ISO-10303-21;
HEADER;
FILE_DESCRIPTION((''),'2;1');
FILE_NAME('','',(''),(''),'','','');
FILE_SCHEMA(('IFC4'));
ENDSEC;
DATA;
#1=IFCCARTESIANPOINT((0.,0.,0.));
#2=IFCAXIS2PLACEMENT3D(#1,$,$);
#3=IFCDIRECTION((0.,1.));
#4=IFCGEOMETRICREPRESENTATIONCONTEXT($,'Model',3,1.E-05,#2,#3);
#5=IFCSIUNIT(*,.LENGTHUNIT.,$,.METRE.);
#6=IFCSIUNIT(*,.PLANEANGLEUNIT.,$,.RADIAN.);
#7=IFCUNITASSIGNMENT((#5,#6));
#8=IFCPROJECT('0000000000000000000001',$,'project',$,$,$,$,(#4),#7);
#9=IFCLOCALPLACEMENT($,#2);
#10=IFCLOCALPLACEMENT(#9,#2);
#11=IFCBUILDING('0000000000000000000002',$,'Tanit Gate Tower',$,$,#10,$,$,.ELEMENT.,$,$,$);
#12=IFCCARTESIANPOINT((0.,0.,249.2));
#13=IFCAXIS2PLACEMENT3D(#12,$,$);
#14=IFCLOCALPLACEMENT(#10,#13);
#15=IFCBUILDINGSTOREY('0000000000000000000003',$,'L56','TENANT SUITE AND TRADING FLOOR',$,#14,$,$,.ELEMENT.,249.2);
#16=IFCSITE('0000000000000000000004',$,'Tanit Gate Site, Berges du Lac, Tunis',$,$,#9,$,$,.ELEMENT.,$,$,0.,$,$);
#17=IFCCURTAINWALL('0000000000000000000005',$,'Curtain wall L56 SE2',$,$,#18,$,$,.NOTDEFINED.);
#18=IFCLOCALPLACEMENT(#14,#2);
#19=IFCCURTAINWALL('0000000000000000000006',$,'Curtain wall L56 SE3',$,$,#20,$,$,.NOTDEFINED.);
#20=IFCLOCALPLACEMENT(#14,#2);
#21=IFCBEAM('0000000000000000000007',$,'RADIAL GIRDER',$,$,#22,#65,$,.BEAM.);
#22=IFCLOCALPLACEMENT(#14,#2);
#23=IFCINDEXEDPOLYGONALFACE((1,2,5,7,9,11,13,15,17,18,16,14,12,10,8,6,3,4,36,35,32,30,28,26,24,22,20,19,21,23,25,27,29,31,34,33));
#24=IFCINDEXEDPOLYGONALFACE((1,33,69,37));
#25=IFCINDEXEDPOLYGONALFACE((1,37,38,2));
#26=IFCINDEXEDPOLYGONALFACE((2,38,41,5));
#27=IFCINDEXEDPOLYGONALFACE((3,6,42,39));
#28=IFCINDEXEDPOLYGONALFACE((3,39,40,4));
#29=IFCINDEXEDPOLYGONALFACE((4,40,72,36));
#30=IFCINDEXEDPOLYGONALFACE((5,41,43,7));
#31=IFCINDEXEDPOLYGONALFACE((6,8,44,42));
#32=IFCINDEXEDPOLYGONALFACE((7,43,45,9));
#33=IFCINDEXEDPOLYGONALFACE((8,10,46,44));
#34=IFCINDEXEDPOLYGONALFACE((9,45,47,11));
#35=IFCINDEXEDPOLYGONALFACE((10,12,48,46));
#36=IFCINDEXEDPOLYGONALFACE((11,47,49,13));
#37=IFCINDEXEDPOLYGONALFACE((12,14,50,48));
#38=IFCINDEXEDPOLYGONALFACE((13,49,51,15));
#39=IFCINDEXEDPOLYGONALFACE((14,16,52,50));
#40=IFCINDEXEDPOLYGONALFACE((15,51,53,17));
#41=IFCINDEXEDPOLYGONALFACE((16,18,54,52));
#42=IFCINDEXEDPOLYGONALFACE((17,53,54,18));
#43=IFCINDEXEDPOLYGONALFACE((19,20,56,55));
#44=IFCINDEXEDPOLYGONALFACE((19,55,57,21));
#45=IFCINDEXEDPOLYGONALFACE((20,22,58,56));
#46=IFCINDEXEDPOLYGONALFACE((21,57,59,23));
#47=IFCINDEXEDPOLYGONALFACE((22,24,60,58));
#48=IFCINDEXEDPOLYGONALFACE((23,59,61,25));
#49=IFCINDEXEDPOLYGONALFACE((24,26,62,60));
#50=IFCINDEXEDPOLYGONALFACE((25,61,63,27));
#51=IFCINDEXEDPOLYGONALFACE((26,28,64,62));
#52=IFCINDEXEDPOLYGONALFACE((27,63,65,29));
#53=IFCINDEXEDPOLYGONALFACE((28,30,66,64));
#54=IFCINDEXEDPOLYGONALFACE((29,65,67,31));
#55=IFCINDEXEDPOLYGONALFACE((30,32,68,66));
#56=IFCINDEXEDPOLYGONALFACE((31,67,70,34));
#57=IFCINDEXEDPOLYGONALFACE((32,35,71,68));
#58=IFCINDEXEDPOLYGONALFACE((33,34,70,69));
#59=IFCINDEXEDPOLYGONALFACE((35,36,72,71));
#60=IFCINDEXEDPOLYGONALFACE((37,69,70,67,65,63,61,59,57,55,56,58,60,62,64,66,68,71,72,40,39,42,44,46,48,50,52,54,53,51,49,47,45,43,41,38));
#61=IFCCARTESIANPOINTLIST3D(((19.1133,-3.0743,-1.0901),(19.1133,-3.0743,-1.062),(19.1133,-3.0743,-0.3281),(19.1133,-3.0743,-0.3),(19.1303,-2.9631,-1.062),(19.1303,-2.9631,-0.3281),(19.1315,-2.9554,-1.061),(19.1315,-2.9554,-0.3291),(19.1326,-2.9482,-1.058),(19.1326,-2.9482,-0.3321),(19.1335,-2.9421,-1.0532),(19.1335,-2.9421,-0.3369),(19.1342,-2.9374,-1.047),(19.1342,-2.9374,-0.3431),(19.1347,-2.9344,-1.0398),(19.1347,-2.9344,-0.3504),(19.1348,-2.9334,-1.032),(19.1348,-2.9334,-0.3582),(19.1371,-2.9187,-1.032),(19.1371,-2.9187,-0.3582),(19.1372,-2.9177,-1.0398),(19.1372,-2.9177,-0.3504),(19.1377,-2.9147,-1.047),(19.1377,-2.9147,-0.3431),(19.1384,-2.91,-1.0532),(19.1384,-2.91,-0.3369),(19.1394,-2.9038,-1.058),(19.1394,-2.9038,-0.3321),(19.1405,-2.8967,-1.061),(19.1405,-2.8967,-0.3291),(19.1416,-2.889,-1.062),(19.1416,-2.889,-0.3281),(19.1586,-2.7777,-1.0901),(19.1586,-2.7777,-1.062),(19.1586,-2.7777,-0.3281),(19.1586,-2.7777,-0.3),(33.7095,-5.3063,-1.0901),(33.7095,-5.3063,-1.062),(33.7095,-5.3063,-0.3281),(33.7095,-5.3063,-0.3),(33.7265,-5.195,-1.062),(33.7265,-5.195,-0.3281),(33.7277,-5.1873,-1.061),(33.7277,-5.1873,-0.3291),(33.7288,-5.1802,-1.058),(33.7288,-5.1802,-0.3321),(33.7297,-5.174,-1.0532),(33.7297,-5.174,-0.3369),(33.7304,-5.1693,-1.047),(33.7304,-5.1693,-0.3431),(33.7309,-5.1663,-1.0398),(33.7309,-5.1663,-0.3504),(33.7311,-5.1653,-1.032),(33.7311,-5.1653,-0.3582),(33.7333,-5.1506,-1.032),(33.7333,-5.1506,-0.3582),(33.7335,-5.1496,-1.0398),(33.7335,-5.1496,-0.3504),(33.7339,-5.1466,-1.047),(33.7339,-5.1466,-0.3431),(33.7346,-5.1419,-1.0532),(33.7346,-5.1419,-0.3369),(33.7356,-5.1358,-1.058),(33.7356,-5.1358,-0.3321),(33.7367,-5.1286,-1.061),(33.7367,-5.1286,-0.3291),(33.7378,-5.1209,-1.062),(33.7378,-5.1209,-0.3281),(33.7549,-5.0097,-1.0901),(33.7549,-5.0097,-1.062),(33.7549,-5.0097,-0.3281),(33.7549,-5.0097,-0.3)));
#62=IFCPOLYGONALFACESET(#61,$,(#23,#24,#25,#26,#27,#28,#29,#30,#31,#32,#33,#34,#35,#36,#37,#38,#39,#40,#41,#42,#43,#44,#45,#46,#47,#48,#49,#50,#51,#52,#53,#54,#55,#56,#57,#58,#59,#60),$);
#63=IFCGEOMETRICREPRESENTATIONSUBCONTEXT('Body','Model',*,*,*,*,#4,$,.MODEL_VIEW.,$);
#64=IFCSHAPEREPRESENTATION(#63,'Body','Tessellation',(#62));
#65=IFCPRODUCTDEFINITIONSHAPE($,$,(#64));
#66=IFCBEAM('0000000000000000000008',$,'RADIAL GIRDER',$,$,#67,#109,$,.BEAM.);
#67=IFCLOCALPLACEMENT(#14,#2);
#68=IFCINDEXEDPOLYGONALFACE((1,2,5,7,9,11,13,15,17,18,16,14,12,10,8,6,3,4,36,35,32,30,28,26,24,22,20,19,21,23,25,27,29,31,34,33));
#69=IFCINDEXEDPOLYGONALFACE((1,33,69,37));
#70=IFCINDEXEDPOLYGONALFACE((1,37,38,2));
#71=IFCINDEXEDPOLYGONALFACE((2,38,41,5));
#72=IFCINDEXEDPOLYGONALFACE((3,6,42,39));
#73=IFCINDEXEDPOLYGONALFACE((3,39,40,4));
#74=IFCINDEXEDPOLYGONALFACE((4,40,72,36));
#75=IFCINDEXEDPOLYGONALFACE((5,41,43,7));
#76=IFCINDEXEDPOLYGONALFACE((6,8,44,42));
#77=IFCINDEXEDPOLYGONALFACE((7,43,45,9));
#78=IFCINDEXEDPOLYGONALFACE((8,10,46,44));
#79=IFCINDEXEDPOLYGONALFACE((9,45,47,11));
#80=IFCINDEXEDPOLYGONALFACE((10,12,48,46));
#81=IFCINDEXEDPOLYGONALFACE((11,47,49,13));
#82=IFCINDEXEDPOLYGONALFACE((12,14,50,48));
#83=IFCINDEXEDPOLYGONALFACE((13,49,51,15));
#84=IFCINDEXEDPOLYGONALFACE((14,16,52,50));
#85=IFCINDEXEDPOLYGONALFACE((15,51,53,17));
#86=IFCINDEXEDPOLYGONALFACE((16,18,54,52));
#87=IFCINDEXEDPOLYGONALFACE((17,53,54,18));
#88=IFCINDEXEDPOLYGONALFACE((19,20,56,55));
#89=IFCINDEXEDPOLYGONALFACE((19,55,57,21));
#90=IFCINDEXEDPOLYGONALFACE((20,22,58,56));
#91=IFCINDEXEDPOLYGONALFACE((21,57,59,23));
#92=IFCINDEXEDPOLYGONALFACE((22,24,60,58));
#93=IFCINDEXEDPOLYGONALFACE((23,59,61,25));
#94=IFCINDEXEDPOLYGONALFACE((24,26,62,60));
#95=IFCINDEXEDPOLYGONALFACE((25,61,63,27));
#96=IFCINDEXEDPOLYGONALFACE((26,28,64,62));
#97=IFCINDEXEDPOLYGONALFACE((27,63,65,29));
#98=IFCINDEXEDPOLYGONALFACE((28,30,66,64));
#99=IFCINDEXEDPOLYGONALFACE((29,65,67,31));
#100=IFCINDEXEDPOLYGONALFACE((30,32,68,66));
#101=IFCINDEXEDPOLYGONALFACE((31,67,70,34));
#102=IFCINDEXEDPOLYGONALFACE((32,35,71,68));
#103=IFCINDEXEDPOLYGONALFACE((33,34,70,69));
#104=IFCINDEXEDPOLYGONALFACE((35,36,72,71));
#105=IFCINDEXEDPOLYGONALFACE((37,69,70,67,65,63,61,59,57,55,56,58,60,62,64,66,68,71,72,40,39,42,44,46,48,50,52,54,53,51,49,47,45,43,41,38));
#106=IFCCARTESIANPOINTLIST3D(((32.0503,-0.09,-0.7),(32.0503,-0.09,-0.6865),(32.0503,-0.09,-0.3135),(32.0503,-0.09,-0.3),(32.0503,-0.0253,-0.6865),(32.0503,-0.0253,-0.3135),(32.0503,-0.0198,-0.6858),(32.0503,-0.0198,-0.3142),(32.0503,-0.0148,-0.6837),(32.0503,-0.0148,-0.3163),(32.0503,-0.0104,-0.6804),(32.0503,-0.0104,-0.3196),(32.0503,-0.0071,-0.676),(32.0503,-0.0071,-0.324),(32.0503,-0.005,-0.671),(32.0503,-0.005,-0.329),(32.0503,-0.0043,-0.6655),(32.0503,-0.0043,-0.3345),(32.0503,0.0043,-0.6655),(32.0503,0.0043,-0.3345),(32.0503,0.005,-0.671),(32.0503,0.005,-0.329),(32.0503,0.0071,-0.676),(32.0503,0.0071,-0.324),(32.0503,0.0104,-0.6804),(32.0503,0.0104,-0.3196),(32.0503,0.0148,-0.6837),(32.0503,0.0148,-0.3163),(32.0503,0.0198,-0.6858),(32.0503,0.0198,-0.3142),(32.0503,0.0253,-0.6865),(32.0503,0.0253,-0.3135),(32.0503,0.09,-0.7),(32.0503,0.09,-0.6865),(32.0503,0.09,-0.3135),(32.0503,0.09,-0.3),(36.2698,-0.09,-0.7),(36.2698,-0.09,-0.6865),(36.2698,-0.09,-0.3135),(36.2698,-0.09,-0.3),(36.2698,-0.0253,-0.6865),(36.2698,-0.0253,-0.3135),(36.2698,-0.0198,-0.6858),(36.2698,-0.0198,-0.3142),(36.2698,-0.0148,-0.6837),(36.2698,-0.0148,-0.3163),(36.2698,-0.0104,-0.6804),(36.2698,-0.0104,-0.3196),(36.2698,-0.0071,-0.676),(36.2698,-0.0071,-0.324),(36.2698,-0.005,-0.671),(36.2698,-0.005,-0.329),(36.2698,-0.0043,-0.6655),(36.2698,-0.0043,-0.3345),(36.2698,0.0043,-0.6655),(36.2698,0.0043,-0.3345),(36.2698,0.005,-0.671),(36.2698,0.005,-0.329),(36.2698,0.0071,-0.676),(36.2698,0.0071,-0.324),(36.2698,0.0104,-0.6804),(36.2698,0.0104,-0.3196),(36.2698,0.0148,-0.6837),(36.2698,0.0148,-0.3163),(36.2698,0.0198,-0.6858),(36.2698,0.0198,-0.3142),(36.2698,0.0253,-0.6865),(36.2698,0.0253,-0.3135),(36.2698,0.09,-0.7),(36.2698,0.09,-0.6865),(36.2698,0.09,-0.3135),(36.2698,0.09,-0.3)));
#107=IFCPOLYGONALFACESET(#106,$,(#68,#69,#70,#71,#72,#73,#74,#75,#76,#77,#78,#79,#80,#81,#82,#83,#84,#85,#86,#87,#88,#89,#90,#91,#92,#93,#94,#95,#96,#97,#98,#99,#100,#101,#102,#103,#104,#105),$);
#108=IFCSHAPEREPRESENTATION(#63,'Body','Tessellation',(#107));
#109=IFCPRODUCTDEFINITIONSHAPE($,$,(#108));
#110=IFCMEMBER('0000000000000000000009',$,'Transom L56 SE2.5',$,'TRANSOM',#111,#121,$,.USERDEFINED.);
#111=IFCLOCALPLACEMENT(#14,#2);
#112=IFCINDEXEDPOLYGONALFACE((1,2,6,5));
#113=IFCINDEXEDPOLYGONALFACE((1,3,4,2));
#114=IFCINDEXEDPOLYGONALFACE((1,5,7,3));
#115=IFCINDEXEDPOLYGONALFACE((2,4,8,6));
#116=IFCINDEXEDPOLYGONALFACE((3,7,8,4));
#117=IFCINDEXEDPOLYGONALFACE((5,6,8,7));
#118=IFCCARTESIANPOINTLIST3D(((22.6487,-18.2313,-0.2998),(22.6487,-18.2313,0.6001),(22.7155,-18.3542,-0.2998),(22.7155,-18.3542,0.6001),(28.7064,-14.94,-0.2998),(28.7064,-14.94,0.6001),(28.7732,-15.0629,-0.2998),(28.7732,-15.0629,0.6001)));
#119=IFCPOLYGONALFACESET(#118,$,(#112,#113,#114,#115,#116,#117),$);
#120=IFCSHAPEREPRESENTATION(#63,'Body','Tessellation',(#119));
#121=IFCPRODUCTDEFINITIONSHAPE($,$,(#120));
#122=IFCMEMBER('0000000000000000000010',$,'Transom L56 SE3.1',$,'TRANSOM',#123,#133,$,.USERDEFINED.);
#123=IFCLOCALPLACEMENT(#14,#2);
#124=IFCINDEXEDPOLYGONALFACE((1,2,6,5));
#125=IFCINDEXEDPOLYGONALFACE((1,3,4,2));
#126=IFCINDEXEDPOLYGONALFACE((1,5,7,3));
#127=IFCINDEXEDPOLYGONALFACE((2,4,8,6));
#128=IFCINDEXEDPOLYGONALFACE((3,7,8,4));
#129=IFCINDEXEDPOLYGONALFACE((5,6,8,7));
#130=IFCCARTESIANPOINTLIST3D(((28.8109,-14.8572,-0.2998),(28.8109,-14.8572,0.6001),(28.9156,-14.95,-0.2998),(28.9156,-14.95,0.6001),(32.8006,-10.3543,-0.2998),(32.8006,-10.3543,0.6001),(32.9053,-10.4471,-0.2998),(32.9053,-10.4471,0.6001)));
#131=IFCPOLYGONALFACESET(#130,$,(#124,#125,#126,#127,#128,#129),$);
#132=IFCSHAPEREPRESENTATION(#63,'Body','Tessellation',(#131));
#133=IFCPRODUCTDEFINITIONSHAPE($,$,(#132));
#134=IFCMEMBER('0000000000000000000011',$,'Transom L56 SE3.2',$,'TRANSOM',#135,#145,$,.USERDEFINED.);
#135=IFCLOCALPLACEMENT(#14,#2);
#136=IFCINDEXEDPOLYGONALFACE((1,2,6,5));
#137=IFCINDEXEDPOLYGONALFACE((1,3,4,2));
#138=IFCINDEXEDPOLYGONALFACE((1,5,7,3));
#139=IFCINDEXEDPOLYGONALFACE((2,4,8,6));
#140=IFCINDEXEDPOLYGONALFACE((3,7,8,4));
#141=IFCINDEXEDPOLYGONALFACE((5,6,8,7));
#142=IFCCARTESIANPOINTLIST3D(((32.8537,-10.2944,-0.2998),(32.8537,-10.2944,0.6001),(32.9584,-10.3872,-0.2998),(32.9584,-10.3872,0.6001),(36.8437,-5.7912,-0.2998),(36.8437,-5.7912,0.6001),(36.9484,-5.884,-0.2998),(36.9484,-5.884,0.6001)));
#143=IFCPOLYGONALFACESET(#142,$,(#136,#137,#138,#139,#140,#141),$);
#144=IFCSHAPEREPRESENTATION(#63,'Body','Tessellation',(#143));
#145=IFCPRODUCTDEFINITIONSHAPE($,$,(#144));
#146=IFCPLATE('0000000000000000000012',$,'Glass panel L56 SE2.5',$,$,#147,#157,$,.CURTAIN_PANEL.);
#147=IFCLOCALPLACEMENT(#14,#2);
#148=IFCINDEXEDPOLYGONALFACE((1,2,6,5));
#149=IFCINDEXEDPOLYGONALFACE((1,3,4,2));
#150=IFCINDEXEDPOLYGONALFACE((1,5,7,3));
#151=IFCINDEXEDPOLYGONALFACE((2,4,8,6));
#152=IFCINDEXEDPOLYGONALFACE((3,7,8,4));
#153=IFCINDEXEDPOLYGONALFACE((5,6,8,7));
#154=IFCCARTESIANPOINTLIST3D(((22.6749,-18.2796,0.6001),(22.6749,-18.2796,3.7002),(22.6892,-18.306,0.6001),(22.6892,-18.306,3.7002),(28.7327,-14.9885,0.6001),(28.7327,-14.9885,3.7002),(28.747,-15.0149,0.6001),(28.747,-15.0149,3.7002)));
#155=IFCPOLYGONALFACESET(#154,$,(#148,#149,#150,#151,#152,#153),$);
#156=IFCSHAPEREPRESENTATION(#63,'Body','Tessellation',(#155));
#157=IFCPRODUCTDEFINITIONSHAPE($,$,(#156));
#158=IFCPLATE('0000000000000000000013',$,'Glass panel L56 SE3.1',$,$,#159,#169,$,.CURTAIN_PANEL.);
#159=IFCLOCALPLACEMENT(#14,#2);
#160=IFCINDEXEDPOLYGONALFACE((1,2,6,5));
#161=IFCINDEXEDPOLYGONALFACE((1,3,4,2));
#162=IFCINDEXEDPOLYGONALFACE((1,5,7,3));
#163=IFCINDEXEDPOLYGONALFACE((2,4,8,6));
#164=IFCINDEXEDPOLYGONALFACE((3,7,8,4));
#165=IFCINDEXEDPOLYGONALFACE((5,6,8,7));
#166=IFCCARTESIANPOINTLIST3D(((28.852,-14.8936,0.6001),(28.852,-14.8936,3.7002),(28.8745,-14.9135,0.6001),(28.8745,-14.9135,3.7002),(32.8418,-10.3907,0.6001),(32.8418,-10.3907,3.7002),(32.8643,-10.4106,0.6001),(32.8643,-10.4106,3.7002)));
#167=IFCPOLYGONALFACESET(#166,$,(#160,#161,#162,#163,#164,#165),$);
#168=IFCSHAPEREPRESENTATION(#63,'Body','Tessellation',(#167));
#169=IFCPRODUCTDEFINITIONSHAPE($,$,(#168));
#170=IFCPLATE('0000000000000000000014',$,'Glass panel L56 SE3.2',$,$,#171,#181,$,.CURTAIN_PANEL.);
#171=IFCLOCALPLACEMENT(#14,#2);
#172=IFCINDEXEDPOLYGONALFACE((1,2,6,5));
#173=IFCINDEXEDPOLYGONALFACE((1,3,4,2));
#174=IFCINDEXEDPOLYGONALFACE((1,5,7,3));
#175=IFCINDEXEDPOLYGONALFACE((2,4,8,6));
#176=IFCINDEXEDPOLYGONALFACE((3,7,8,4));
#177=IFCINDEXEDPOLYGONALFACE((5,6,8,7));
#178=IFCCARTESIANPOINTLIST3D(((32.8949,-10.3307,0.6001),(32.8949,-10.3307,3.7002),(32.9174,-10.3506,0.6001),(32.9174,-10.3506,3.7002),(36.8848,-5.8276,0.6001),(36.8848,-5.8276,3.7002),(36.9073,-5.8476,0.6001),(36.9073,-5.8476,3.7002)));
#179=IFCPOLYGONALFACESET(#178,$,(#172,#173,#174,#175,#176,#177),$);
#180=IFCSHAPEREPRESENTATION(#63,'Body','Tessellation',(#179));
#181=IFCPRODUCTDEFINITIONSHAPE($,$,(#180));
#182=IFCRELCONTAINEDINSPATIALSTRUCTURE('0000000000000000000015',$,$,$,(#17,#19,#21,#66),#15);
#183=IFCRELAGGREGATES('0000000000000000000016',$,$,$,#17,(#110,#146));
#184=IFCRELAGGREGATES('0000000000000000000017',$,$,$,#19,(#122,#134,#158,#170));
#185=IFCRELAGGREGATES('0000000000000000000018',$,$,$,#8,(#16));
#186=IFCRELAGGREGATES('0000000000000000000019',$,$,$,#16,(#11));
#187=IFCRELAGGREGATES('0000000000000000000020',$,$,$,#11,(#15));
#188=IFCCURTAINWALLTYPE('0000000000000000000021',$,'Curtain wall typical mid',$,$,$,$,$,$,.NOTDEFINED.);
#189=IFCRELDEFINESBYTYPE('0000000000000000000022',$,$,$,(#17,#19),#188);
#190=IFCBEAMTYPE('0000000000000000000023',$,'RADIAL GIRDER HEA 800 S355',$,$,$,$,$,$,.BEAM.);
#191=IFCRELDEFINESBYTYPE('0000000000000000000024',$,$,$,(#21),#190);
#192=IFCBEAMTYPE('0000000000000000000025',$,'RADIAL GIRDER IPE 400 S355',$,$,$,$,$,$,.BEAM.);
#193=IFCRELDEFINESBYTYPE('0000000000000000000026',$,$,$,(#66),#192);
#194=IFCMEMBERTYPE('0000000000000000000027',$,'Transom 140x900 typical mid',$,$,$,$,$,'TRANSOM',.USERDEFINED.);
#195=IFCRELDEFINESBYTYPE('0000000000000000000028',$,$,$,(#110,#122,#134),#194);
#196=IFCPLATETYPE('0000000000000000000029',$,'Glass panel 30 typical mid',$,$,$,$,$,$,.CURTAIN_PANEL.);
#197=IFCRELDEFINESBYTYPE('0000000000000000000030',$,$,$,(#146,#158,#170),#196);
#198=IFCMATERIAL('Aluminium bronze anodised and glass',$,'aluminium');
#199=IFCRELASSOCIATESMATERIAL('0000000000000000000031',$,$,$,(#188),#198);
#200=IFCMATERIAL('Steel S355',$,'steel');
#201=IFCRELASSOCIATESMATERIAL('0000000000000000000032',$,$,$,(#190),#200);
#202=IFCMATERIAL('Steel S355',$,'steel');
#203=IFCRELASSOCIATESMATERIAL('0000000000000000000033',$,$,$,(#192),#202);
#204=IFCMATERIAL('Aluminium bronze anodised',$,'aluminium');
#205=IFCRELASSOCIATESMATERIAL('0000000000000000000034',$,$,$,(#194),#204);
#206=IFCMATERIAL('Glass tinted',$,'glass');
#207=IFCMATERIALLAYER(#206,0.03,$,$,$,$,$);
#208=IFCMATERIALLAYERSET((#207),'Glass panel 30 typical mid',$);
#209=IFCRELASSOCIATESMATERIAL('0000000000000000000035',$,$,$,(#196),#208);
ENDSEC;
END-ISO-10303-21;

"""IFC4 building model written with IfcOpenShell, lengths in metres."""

from ifc_helpers import new_model, si_unit, direction, frame, origin, origin_2d, place, context, subcontext, project, spatial, rectangle, i_section, extrude, material, layer, layer_set, material_profile, profile_set, type_object, element, aggregate, save


model = new_model("IFC4")

# Units and contexts
model_context = context("Model", 3, precision=1e-05, world=origin(), true_north=direction((0.0, 1.0)))
body_context = subcontext(model_context, "Body", "Model", "MODEL_VIEW")
ifc_project = project(units=[si_unit("LENGTHUNIT", "METRE"), si_unit("PLANEANGLEUNIT", "RADIAN")], contexts=[model_context])

# Site, building, storey
site_placement = place(None, origin())
site = spatial("IfcSite", under=ifc_project, at=site_placement, Name="Tanit Gate Site, Berges du Lac, Tunis", CompositionType="ELEMENT", RefElevation=0.0)
building_placement = place(site_placement, origin())
building = spatial("IfcBuilding", under=site, at=building_placement, Name="Tanit Gate Tower", CompositionType="ELEMENT")
storey_placement = place(building_placement, frame((0.0, 0.0, 249.2)))
storey = spatial("IfcBuildingStorey", under=building, at=storey_placement, Name="L56", Description="TENANT SUITE AND TRADING FLOOR", CompositionType="ELEMENT", Elevation=249.2)

# Curtain wall
ifc_material_1 = material(Name="Aluminium bronze anodised and glass", Category="aluminium")
curtain_wall_type = type_object("IfcCurtainWallType", Name="Curtain wall typical mid", PredefinedType="NOTDEFINED", material=ifc_material_1)
curtain_wall_1_placement = place(storey_placement, origin())
curtain_wall_1 = element("IfcCurtainWall", 1, at=curtain_wall_1_placement, inside=storey, type_object=curtain_wall_type, Name="Curtain wall L56 SE2", PredefinedType="NOTDEFINED")

# Curtain wall
curtain_wall_2_placement = place(storey_placement, origin())
curtain_wall_2 = element("IfcCurtainWall", 2, at=curtain_wall_2_placement, inside=storey, type_object=curtain_wall_type, Name="Curtain wall L56 SE3", PredefinedType="NOTDEFINED")

# Beams
ifc_material_2 = material(Name="Steel S355", Category="steel")
ifc_material_profile_1 = material_profile(ifc_material_2, i_section(OverallWidth=0.3, OverallDepth=0.79, WebThickness=0.0149, FlangeThickness=0.0281, FilletRadius=0.03, at=origin_2d()), Name="HEA 800")
ifc_profile_set_1 = profile_set([ifc_material_profile_1], Name="Steel S355")
beam_type_1 = type_object("IfcBeamType", Name="RADIAL GIRDER HEA 800 S355", PredefinedType="BEAM", material=ifc_profile_set_1)
beam_1_placement = place(storey_placement, frame((33.7322, -5.158, -0.6951), z_axis=(-0.98851, 0.151155, 0.0), x_axis=(-0.151155, -0.98851, 0.0)))
element("IfcBeam", 3, at=beam_1_placement, inside=storey, type_object=beam_type_1, Name="RADIAL GIRDER", PredefinedType="BEAM", context=body_context, shape_type="SweptSolid", body=[
    extrude(i_section(OverallWidth=0.3, OverallDepth=0.79, WebThickness=0.0149, FlangeThickness=0.0281, FilletRadius=0.03, at=origin_2d()), origin(), (0.0, 0.0, 1.0), 14.7659),
])
ifc_material_3 = material(Name="Steel S355", Category="steel")
ifc_material_profile_2 = material_profile(ifc_material_3, i_section(OverallWidth=0.1799, OverallDepth=0.3999, WebThickness=0.0085, FlangeThickness=0.0134, FilletRadius=0.021, at=origin_2d()), Name="IPE 400")
ifc_profile_set_2 = profile_set([ifc_material_profile_2], Name="Steel S355")
beam_type_2 = type_object("IfcBeamType", Name="RADIAL GIRDER IPE 400 S355", PredefinedType="BEAM", material=ifc_profile_set_2)
beam_2_placement = place(storey_placement, frame((36.2698, 0.0, -0.5), z_axis=(-1.0, 0.0, 0.0), x_axis=(0.0, -1.0, 0.0)))
element("IfcBeam", 4, at=beam_2_placement, inside=storey, type_object=beam_type_2, Name="RADIAL GIRDER", PredefinedType="BEAM", context=body_context, shape_type="SweptSolid", body=[
    extrude(i_section(OverallWidth=0.1799, OverallDepth=0.3999, WebThickness=0.0085, FlangeThickness=0.0134, FilletRadius=0.021, at=origin_2d()), origin(), (0.0, 0.0, 1.0), 4.2195),
])

# Members
ifc_material_4 = material(Name="Aluminium bronze anodised", Category="aluminium")
ifc_material_profile_3 = material_profile(ifc_material_4, rectangle(XDim=0.1399, YDim=0.8999, at=origin_2d()), Name="140x900 bronze transom")
ifc_profile_set_3 = profile_set([ifc_material_profile_3], Name="Aluminium bronze anodised")
member_type_1 = type_object("IfcMemberType", Name="Transom 140x900 typical mid", ElementType="TRANSOM", PredefinedType="USERDEFINED", material=ifc_profile_set_3)
member_1_placement = place(storey_placement, frame((22.6821, -18.2927, 0.1501), z_axis=(0.878681, 0.47741, 0.0), x_axis=(-0.47741, 0.878681, 0.0)))
member_1 = element("IfcMember", 5, at=member_1_placement, type_object=member_type_1, Name="Transom L56 SE2.5", ObjectType="TRANSOM", PredefinedType="USERDEFINED", context=body_context, shape_type="SweptSolid", body=[
    extrude(rectangle(XDim=0.1399, YDim=0.8999, at=origin_2d()), origin(), (0.0, 0.0, 1.0), 6.894),
])
member_2_placement = place(storey_placement, frame((28.8633, -14.9036, 0.1501), z_axis=(0.663169, 0.74847, 0.0), x_axis=(-0.74847, 0.663169, 0.0)))
member_2 = element("IfcMember", 6, at=member_2_placement, type_object=member_type_1, Name="Transom L56 SE3.1", ObjectType="TRANSOM", PredefinedType="USERDEFINED", context=body_context, shape_type="SweptSolid", body=[
    extrude(rectangle(XDim=0.1399, YDim=0.8999, at=origin_2d()), origin(), (0.0, 0.0, 1.0), 6.0161),
])
member_3_placement = place(storey_placement, frame((32.906, -10.3408, 0.1501), z_axis=(0.663172, 0.748467, 0.0), x_axis=(-0.748467, 0.663172, 0.0)))
member_3 = element("IfcMember", 7, at=member_3_placement, type_object=member_type_1, Name="Transom L56 SE3.2", ObjectType="TRANSOM", PredefinedType="USERDEFINED", context=body_context, shape_type="SweptSolid", body=[
    extrude(rectangle(XDim=0.1399, YDim=0.8999, at=origin_2d()), origin(), (0.0, 0.0, 1.0), 6.0166),
])

# Plates
ifc_material_5 = material(Name="Glass tinted", Category="glass")
ifc_layer_1 = layer(ifc_material_5, 0.03)
ifc_layer_set_1 = layer_set([ifc_layer_1], Name="Glass panel 30 typical mid")
plate_type = type_object("IfcPlateType", Name="Glass panel 30 typical mid", PredefinedType="CURTAIN_PANEL", material=ifc_layer_set_1)
plate_1_placement = place(storey_placement, frame((25.7109, -16.6472, 0.6001), z_axis=(0.0, 0.0, 1.0), x_axis=(0.878696, 0.477381, 0.0)))
plate_1 = element("IfcPlate", 8, at=plate_1_placement, type_object=plate_type, Name="Glass panel L56 SE2.5", PredefinedType="CURTAIN_PANEL", context=body_context, shape_type="SweptSolid", body=[
    extrude(rectangle(XDim=6.894, YDim=0.03, at=origin_2d()), origin(), (0.0, 0.0, 1.0), 3.1001),
])
aggregate(curtain_wall_1, [member_1, plate_1])
plate_2_placement = place(storey_placement, frame((30.8582, -12.6521, 0.6001), z_axis=(0.0, 0.0, 1.0), x_axis=(0.663178, 0.748462, 0.0)))
plate_2 = element("IfcPlate", 9, at=plate_2_placement, type_object=plate_type, Name="Glass panel L56 SE3.1", PredefinedType="CURTAIN_PANEL", context=body_context, shape_type="SweptSolid", body=[
    extrude(rectangle(XDim=6.0161, YDim=0.03, at=origin_2d()), origin(), (0.0, 0.0, 1.0), 3.1001),
])
plate_3_placement = place(storey_placement, frame((34.9011, -8.0891, 0.6001), z_axis=(0.0, 0.0, 1.0), x_axis=(0.663178, 0.748462, 0.0)))
plate_3 = element("IfcPlate", 10, at=plate_3_placement, type_object=plate_type, Name="Glass panel L56 SE3.2", PredefinedType="CURTAIN_PANEL", context=body_context, shape_type="SweptSolid", body=[
    extrude(rectangle(XDim=6.0164, YDim=0.03, at=origin_2d()), origin(), (0.0, 0.0, 1.0), 3.1001),
])
aggregate(curtain_wall_2, [member_2, member_3, plate_2, plate_3])

save(model, "model.ifc")
